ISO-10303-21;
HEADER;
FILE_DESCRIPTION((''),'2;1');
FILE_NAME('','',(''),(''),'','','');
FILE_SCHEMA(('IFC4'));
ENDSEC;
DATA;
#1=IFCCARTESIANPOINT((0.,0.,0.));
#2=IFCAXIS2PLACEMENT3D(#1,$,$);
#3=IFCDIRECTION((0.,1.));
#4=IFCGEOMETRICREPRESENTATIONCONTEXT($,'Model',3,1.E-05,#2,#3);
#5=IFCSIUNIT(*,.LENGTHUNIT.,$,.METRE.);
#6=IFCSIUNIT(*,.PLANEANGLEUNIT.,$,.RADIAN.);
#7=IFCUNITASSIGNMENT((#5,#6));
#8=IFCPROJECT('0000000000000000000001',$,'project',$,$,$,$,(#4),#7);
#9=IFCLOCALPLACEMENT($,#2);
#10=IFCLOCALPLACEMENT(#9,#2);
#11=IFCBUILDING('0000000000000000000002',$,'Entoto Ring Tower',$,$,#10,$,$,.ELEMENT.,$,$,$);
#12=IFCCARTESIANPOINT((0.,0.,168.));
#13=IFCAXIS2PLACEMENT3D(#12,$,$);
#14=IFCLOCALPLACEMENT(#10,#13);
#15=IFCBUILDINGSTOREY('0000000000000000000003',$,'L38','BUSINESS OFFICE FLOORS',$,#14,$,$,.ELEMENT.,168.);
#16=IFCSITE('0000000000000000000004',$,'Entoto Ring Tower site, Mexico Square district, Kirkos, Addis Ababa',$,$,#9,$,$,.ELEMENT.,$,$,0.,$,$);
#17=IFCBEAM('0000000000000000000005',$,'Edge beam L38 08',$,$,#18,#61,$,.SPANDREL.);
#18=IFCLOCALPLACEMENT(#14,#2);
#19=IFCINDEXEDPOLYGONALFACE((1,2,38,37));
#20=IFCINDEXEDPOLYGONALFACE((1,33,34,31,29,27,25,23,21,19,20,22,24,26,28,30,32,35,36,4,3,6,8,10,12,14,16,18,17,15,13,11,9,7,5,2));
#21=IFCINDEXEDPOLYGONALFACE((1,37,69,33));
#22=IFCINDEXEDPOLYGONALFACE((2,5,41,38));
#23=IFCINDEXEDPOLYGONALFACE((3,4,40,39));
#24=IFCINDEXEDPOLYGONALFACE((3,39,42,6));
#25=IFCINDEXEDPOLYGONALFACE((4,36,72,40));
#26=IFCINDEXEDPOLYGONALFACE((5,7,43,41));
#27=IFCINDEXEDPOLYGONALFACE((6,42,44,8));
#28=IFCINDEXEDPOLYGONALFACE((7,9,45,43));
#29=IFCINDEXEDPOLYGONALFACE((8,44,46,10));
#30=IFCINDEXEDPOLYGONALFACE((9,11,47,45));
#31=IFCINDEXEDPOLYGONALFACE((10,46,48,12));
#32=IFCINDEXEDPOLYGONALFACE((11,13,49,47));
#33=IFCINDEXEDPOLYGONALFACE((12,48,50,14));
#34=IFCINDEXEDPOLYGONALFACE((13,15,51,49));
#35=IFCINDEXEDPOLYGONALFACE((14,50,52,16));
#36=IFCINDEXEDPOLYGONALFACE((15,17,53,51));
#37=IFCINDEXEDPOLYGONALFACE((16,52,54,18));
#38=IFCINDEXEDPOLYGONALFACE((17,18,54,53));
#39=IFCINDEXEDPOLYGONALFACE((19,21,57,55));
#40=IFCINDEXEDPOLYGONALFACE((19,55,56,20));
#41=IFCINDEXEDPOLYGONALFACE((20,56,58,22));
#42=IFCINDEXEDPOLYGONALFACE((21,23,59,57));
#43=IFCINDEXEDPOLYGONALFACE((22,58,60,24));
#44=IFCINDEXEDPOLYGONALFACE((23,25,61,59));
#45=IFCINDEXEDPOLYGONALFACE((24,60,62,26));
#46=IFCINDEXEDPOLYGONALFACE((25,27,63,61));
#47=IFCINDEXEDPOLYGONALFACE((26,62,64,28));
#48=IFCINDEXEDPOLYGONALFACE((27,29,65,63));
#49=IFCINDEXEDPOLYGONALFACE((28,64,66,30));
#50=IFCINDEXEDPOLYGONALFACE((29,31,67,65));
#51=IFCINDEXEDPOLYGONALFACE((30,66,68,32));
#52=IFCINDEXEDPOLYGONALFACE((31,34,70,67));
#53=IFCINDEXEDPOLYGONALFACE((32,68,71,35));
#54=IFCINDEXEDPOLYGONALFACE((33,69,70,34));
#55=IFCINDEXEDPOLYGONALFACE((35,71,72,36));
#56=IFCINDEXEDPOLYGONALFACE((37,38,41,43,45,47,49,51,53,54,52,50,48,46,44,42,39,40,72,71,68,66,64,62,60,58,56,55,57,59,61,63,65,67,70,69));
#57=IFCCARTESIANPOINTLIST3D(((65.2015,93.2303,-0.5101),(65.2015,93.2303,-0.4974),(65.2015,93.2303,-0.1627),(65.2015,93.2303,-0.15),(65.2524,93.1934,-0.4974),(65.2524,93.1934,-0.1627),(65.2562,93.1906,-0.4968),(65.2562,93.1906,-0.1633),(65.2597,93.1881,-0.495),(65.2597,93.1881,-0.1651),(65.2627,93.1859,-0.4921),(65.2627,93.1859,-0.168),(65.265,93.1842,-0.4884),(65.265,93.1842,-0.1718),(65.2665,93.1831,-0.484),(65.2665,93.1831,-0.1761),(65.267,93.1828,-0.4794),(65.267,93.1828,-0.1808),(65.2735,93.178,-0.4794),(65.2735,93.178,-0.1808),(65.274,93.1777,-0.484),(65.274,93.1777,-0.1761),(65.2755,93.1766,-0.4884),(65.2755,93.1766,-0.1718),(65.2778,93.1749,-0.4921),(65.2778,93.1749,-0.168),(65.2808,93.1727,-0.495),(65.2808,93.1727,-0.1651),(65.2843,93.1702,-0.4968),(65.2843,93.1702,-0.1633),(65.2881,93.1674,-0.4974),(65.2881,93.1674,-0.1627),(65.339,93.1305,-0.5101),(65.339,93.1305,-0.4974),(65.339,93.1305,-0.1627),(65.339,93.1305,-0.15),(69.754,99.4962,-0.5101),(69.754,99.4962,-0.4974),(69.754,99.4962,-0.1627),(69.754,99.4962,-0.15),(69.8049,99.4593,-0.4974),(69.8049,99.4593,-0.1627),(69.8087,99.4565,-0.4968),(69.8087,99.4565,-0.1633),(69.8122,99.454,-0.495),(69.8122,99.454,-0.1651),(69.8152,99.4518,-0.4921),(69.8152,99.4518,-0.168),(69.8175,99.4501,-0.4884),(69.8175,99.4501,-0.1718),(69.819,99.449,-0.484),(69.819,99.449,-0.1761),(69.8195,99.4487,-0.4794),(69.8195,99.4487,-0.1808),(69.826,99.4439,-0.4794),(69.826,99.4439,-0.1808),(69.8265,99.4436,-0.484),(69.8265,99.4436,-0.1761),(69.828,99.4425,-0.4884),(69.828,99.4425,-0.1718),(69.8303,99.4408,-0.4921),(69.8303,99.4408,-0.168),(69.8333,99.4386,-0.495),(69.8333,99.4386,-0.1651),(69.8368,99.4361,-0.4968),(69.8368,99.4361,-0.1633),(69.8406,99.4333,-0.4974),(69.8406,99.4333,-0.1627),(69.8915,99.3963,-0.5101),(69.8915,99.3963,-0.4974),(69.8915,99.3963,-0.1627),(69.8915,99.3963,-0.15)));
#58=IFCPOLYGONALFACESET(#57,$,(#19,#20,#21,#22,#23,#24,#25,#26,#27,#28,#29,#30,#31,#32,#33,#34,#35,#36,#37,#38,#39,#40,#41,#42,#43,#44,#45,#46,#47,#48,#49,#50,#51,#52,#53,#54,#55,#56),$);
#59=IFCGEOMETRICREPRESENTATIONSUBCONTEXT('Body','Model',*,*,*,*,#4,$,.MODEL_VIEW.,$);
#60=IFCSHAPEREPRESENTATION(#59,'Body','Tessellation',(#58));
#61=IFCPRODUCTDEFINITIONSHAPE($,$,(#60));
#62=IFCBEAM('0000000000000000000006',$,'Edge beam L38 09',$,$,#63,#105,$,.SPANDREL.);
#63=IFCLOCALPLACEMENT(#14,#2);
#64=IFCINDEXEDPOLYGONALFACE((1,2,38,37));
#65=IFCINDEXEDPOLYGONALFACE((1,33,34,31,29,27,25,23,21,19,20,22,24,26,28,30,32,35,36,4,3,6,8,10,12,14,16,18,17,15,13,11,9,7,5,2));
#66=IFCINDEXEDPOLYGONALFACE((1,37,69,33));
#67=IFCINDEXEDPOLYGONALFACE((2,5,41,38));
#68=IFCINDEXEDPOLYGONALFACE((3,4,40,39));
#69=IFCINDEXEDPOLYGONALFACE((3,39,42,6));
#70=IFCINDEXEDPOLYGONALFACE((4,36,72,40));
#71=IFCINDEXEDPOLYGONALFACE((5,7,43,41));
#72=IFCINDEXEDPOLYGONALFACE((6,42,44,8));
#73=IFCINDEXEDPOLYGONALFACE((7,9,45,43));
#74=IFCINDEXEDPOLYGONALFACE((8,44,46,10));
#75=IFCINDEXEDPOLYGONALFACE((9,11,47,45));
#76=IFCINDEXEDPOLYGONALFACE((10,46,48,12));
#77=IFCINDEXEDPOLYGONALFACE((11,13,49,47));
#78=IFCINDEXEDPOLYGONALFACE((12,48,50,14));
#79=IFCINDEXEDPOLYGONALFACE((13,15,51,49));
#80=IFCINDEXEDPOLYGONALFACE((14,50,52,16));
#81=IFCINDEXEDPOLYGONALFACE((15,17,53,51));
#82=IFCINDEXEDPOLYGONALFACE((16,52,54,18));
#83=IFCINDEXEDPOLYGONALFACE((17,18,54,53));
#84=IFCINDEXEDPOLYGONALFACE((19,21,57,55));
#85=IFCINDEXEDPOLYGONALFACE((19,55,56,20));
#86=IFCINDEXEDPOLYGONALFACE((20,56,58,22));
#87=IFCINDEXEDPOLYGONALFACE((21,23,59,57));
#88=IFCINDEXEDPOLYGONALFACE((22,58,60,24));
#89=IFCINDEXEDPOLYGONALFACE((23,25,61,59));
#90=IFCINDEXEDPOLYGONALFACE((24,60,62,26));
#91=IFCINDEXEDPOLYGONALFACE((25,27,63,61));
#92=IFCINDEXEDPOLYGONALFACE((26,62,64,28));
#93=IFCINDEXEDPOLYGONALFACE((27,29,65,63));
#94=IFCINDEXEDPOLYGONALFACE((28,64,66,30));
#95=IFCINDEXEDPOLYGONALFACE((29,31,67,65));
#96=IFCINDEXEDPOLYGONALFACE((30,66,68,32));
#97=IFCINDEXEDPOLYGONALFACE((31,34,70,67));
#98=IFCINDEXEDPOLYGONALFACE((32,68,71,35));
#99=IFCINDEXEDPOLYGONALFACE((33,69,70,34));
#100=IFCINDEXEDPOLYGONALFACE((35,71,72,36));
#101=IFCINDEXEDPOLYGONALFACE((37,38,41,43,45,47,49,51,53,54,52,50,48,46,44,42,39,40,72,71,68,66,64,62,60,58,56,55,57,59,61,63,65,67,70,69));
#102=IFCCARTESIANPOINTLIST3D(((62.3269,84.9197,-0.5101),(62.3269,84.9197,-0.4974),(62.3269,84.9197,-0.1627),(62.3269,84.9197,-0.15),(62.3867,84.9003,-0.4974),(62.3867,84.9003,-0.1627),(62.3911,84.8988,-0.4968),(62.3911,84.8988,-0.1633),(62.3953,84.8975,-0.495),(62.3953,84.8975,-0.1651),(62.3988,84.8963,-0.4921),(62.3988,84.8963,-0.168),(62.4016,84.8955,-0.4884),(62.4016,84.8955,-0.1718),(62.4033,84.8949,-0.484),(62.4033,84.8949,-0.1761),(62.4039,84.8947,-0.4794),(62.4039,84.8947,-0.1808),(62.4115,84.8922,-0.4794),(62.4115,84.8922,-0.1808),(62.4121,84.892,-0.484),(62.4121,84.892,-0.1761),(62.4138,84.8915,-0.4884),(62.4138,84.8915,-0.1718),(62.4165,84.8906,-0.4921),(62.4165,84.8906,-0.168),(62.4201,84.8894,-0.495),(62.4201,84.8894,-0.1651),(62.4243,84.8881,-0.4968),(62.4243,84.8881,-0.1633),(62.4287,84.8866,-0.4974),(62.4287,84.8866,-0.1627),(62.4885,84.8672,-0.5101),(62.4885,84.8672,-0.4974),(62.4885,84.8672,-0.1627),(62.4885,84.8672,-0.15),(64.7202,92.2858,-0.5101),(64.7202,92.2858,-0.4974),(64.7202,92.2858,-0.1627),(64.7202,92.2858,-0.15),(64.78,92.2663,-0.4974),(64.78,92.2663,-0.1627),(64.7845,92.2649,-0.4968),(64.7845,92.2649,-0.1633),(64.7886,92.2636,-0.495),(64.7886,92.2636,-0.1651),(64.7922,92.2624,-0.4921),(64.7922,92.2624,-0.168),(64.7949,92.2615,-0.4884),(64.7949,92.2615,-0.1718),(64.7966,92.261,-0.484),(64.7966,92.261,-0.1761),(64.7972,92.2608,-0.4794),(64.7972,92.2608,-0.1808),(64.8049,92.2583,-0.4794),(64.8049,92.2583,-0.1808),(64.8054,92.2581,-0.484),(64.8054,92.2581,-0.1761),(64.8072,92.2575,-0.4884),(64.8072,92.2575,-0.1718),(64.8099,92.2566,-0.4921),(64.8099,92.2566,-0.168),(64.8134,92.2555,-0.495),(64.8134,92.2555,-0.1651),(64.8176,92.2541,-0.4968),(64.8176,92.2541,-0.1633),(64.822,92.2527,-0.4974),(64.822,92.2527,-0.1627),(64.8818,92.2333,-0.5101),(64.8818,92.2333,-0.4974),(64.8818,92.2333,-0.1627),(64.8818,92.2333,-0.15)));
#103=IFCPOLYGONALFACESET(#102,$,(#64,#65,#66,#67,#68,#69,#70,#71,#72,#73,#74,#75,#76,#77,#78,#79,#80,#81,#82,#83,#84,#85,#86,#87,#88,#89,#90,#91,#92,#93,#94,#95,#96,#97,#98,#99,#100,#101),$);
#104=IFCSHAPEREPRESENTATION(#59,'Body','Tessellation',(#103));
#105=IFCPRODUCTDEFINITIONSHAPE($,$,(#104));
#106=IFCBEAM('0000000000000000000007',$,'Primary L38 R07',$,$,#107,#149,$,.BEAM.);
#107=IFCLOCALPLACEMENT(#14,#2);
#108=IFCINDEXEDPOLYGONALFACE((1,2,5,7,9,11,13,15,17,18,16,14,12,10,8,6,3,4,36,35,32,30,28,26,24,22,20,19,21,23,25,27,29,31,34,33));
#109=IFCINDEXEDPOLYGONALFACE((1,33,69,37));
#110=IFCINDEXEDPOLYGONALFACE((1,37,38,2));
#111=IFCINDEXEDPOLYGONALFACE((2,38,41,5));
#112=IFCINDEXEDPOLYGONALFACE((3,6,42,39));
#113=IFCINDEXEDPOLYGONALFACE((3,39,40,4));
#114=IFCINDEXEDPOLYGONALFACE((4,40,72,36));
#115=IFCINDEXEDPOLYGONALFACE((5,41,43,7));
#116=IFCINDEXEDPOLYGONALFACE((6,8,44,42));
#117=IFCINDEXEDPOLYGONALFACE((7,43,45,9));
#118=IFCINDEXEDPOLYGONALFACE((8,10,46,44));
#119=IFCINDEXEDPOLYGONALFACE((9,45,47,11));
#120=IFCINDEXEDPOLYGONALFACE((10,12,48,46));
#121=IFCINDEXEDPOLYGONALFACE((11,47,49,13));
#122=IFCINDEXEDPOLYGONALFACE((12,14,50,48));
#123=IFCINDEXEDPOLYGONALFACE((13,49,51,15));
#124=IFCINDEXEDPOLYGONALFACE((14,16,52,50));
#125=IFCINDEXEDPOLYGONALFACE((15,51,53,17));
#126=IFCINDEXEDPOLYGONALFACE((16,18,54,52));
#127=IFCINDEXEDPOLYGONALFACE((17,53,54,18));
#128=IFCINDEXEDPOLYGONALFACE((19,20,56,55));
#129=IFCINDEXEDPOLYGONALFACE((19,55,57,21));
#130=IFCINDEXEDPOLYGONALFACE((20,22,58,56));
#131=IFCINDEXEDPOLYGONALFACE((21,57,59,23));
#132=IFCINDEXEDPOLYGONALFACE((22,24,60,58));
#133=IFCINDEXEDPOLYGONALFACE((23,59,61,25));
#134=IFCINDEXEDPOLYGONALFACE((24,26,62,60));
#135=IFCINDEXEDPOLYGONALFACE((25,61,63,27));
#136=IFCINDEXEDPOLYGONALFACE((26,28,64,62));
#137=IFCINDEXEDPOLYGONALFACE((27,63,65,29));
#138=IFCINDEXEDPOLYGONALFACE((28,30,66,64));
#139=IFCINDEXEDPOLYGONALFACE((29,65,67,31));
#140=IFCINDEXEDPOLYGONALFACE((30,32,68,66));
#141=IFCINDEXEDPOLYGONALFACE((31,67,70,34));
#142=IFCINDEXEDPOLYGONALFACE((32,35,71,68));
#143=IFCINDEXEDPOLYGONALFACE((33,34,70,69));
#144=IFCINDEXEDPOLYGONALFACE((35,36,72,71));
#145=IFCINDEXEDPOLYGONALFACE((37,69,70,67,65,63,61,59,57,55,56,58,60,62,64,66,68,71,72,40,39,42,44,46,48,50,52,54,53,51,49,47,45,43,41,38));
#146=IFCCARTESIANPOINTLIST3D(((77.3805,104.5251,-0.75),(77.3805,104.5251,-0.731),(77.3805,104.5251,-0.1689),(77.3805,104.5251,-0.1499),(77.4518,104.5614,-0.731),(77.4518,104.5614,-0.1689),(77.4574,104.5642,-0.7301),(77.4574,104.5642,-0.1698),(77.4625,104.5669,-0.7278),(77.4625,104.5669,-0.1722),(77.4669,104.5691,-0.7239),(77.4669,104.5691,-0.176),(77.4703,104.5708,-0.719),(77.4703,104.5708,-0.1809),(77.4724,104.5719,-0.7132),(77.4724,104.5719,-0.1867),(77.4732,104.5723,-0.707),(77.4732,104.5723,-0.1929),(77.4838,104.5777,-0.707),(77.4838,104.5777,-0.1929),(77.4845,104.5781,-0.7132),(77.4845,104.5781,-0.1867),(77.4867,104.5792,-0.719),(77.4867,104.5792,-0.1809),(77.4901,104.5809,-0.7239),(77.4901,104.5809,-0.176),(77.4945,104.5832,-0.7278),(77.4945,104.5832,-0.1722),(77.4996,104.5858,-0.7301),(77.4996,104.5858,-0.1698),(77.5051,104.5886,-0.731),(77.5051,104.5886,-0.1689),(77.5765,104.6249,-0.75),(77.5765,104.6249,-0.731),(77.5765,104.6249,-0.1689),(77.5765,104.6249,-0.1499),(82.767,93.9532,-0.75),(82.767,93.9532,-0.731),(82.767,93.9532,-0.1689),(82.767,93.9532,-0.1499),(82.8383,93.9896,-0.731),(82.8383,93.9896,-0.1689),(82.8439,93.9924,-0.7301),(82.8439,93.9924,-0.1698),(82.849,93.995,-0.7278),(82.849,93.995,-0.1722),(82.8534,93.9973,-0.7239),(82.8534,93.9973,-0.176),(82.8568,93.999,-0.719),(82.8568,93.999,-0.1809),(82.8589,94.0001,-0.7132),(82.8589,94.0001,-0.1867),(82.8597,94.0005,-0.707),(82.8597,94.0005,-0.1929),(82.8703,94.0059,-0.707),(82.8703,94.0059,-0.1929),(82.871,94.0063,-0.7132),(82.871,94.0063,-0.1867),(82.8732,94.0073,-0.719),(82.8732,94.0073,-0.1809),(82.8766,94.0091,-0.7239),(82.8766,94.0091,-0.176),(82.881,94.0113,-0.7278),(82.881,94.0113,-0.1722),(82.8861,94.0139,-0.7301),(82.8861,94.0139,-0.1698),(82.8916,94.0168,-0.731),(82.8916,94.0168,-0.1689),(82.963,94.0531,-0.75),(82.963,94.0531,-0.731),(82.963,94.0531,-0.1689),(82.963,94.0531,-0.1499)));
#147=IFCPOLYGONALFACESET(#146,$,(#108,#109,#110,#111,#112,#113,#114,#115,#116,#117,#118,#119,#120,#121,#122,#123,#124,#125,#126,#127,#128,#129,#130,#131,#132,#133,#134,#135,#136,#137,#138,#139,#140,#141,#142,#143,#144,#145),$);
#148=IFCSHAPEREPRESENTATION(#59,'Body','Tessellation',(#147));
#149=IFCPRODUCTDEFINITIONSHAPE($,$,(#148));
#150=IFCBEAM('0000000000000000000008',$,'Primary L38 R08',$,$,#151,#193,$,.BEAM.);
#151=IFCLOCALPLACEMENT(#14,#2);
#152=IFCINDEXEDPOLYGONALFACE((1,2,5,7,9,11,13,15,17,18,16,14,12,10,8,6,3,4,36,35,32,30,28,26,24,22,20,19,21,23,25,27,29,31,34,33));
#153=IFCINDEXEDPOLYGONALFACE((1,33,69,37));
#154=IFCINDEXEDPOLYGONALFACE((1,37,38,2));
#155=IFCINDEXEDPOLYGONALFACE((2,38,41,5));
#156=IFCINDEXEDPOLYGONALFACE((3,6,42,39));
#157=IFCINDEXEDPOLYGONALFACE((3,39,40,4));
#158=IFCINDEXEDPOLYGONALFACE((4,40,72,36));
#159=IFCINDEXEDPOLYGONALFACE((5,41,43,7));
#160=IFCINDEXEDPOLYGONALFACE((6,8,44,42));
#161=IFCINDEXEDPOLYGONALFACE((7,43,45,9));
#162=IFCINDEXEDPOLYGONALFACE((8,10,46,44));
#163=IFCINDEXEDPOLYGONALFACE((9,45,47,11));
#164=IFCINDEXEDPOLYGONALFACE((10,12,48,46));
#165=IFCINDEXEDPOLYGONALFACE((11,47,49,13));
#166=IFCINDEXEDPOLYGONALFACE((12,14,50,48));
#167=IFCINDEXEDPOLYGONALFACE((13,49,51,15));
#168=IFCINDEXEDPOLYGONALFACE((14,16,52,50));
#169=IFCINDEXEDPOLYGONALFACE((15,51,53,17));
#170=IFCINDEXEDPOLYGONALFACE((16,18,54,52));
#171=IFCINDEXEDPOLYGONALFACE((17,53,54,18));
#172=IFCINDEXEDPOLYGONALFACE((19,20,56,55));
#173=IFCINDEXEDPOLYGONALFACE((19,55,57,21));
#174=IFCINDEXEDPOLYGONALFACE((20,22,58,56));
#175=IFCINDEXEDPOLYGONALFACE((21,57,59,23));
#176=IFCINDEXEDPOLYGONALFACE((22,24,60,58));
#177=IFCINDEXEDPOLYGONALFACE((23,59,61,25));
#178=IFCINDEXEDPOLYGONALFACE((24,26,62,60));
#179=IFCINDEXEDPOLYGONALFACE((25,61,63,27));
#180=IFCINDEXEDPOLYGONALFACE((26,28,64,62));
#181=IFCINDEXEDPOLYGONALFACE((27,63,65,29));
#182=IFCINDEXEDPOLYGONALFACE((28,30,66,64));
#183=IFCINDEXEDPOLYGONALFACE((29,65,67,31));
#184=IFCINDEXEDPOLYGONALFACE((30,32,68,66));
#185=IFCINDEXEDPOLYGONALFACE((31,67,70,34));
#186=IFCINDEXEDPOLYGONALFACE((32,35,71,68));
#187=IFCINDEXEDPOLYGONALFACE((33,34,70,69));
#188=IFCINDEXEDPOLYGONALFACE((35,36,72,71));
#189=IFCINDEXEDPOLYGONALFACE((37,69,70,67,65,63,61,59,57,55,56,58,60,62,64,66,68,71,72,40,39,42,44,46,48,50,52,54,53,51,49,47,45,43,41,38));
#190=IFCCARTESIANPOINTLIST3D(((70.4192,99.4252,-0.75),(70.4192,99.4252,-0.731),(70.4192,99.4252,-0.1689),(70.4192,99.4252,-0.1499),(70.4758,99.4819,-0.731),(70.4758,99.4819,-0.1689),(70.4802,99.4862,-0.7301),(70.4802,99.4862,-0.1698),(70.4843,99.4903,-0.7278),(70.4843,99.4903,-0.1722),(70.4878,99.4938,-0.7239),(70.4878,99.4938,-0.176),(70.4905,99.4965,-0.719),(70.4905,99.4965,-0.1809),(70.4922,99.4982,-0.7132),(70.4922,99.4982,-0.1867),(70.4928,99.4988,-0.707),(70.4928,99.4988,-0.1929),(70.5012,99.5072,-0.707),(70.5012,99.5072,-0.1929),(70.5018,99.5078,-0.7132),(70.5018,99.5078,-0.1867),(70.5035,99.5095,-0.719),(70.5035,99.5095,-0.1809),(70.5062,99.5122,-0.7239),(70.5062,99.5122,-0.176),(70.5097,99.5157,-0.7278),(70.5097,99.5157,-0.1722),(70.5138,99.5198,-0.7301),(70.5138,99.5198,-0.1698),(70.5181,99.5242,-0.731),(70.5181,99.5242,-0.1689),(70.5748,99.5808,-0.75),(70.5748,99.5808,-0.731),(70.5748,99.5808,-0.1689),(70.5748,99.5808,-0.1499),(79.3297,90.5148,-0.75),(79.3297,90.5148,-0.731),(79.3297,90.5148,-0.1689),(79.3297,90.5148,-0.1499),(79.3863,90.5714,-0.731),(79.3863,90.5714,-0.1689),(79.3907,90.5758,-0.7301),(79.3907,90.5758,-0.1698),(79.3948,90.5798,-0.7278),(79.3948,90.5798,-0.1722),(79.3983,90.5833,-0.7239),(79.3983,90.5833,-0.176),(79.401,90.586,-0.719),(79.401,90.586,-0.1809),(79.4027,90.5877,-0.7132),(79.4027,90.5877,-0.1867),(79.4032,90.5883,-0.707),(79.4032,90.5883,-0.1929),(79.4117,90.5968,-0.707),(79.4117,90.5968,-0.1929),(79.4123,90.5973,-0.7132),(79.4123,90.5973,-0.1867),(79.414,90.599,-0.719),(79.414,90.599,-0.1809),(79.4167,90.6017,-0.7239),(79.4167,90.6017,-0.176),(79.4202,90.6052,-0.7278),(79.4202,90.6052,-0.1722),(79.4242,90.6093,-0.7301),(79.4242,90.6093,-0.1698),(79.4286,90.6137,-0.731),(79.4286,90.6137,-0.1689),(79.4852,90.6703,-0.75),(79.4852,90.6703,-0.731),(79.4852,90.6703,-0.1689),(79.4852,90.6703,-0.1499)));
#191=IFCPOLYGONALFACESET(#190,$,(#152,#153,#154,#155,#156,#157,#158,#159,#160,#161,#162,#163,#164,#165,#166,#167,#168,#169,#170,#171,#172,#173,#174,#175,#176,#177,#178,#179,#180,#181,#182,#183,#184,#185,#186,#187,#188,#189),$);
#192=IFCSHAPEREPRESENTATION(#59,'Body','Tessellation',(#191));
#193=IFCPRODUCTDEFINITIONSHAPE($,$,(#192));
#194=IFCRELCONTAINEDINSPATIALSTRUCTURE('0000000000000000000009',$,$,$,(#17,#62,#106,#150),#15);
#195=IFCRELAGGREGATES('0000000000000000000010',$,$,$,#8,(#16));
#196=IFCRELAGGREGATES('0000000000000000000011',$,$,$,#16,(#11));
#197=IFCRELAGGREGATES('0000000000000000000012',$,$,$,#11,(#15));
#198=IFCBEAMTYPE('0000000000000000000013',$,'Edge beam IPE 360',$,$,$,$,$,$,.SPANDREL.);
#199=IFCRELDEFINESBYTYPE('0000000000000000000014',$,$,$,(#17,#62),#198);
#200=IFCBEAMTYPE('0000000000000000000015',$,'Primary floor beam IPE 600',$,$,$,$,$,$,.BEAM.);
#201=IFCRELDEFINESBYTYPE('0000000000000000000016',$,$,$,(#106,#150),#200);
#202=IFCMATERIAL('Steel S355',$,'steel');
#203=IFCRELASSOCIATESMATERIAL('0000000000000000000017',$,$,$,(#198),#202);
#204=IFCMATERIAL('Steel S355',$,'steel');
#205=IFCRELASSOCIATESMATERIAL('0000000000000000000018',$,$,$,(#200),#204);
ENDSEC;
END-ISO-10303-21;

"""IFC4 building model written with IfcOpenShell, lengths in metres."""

from ifc_helpers import new_model, si_unit, direction, frame, origin, origin_2d, place, context, subcontext, project, spatial, i_section, extrude, material, material_profile, profile_set, type_object, element, save


model = new_model("IFC4")

# Units and contexts
model_context = context("Model", 3, precision=1e-05, world=origin(), true_north=direction((0.0, 1.0)))
body_context = subcontext(model_context, "Body", "Model", "MODEL_VIEW")
ifc_project = project(units=[si_unit("LENGTHUNIT", "METRE"), si_unit("PLANEANGLEUNIT", "RADIAN")], contexts=[model_context])

# Site, building, storey
site_placement = place(None, origin())
site = spatial("IfcSite", under=ifc_project, at=site_placement, Name="Entoto Ring Tower site, Mexico Square district, Kirkos, Addis Ababa", CompositionType="ELEMENT", RefElevation=0.0)
building_placement = place(site_placement, origin())
building = spatial("IfcBuilding", under=site, at=building_placement, Name="Entoto Ring Tower", CompositionType="ELEMENT")
storey_placement = place(building_placement, frame((0.0, 0.0, 168.0)))
storey = spatial("IfcBuildingStorey", under=building, at=storey_placement, Name="L38", Description="BUSINESS OFFICE FLOORS", CompositionType="ELEMENT", Elevation=168.0)

# Beams
ifc_material_1 = material(Name="Steel S355", Category="steel")
ifc_material_profile_1 = material_profile(ifc_material_1, i_section(OverallWidth=0.1699, OverallDepth=0.3601, WebThickness=0.0081, FlangeThickness=0.0127, FilletRadius=0.0181, at=origin_2d()), Name="IPE 360")
ifc_profile_set_1 = profile_set([ifc_material_profile_1], Name="Steel S355")
beam_type_1 = type_object("IfcBeamType", Name="Edge beam IPE 360", PredefinedType="SPANDREL", material=ifc_profile_set_1)
for number, where, z_axis, x_axis, name in (
    (1, (69.8228, 99.4463, -0.3301), (-0.587791, -0.809013, 0.0), (0.809013, -0.587791, 0.0), "Edge beam L38 08"),
    (2, (64.801, 92.2595, -0.3301), (-0.309013, -0.951058, 0.0), (0.951058, -0.309013, 0.0), "Edge beam L38 09"),
):
    element("IfcBeam", number, at=place(storey_placement, frame(where, z_axis=z_axis, x_axis=x_axis)), inside=storey, type_object=beam_type_1, Name=name, PredefinedType="SPANDREL", context=body_context, shape_type="SweptSolid", body=[
        extrude(i_section(OverallWidth=0.1699, OverallDepth=0.3601, WebThickness=0.0081, FlangeThickness=0.0127, FilletRadius=0.0181, at=origin_2d()), origin(), (0.0, 0.0, 1.0), 7.7451),
    ])
ifc_material_2 = material(Name="Steel S355", Category="steel")
ifc_material_profile_2 = material_profile(ifc_material_2, i_section(OverallWidth=0.22, OverallDepth=0.6001, WebThickness=0.012, FlangeThickness=0.019, FilletRadius=0.0239, at=origin_2d()), Name="IPE 600")
ifc_profile_set_2 = profile_set([ifc_material_profile_2], Name="Steel S355")
beam_type_2 = type_object("IfcBeamType", Name="Primary floor beam IPE 600", PredefinedType="BEAM", material=ifc_profile_set_2)
beam_1_placement = place(storey_placement, frame((82.865, 94.0032, -0.45), z_axis=(-0.453983, 0.89101, 0.0), x_axis=(-0.89101, -0.453983, 0.0)))
element("IfcBeam", 3, at=beam_1_placement, inside=storey, type_object=beam_type_2, Name="Primary L38 R07", PredefinedType="BEAM", context=body_context, shape_type="SweptSolid", body=[
    extrude(i_section(OverallWidth=0.22, OverallDepth=0.6001, WebThickness=0.012, FlangeThickness=0.019, FilletRadius=0.0239, at=origin_2d()), origin(), (0.0, 0.0, 1.0), 11.865),
])
beam_2_placement = place(storey_placement, frame((79.4075, 90.5925, -0.45), z_axis=(-0.707107, 0.707107, 0.0), x_axis=(-0.707107, -0.707107, 0.0)))
element("IfcBeam", 4, at=beam_2_placement, inside=storey, type_object=beam_type_2, Name="Primary L38 R08", PredefinedType="BEAM", context=body_context, shape_type="SweptSolid", body=[
    extrude(i_section(OverallWidth=0.22, OverallDepth=0.6001, WebThickness=0.012, FlangeThickness=0.019, FilletRadius=0.0239, at=origin_2d()), origin(), (0.0, 0.0, 1.0), 12.6013),
])

save(model, "model.ifc")
